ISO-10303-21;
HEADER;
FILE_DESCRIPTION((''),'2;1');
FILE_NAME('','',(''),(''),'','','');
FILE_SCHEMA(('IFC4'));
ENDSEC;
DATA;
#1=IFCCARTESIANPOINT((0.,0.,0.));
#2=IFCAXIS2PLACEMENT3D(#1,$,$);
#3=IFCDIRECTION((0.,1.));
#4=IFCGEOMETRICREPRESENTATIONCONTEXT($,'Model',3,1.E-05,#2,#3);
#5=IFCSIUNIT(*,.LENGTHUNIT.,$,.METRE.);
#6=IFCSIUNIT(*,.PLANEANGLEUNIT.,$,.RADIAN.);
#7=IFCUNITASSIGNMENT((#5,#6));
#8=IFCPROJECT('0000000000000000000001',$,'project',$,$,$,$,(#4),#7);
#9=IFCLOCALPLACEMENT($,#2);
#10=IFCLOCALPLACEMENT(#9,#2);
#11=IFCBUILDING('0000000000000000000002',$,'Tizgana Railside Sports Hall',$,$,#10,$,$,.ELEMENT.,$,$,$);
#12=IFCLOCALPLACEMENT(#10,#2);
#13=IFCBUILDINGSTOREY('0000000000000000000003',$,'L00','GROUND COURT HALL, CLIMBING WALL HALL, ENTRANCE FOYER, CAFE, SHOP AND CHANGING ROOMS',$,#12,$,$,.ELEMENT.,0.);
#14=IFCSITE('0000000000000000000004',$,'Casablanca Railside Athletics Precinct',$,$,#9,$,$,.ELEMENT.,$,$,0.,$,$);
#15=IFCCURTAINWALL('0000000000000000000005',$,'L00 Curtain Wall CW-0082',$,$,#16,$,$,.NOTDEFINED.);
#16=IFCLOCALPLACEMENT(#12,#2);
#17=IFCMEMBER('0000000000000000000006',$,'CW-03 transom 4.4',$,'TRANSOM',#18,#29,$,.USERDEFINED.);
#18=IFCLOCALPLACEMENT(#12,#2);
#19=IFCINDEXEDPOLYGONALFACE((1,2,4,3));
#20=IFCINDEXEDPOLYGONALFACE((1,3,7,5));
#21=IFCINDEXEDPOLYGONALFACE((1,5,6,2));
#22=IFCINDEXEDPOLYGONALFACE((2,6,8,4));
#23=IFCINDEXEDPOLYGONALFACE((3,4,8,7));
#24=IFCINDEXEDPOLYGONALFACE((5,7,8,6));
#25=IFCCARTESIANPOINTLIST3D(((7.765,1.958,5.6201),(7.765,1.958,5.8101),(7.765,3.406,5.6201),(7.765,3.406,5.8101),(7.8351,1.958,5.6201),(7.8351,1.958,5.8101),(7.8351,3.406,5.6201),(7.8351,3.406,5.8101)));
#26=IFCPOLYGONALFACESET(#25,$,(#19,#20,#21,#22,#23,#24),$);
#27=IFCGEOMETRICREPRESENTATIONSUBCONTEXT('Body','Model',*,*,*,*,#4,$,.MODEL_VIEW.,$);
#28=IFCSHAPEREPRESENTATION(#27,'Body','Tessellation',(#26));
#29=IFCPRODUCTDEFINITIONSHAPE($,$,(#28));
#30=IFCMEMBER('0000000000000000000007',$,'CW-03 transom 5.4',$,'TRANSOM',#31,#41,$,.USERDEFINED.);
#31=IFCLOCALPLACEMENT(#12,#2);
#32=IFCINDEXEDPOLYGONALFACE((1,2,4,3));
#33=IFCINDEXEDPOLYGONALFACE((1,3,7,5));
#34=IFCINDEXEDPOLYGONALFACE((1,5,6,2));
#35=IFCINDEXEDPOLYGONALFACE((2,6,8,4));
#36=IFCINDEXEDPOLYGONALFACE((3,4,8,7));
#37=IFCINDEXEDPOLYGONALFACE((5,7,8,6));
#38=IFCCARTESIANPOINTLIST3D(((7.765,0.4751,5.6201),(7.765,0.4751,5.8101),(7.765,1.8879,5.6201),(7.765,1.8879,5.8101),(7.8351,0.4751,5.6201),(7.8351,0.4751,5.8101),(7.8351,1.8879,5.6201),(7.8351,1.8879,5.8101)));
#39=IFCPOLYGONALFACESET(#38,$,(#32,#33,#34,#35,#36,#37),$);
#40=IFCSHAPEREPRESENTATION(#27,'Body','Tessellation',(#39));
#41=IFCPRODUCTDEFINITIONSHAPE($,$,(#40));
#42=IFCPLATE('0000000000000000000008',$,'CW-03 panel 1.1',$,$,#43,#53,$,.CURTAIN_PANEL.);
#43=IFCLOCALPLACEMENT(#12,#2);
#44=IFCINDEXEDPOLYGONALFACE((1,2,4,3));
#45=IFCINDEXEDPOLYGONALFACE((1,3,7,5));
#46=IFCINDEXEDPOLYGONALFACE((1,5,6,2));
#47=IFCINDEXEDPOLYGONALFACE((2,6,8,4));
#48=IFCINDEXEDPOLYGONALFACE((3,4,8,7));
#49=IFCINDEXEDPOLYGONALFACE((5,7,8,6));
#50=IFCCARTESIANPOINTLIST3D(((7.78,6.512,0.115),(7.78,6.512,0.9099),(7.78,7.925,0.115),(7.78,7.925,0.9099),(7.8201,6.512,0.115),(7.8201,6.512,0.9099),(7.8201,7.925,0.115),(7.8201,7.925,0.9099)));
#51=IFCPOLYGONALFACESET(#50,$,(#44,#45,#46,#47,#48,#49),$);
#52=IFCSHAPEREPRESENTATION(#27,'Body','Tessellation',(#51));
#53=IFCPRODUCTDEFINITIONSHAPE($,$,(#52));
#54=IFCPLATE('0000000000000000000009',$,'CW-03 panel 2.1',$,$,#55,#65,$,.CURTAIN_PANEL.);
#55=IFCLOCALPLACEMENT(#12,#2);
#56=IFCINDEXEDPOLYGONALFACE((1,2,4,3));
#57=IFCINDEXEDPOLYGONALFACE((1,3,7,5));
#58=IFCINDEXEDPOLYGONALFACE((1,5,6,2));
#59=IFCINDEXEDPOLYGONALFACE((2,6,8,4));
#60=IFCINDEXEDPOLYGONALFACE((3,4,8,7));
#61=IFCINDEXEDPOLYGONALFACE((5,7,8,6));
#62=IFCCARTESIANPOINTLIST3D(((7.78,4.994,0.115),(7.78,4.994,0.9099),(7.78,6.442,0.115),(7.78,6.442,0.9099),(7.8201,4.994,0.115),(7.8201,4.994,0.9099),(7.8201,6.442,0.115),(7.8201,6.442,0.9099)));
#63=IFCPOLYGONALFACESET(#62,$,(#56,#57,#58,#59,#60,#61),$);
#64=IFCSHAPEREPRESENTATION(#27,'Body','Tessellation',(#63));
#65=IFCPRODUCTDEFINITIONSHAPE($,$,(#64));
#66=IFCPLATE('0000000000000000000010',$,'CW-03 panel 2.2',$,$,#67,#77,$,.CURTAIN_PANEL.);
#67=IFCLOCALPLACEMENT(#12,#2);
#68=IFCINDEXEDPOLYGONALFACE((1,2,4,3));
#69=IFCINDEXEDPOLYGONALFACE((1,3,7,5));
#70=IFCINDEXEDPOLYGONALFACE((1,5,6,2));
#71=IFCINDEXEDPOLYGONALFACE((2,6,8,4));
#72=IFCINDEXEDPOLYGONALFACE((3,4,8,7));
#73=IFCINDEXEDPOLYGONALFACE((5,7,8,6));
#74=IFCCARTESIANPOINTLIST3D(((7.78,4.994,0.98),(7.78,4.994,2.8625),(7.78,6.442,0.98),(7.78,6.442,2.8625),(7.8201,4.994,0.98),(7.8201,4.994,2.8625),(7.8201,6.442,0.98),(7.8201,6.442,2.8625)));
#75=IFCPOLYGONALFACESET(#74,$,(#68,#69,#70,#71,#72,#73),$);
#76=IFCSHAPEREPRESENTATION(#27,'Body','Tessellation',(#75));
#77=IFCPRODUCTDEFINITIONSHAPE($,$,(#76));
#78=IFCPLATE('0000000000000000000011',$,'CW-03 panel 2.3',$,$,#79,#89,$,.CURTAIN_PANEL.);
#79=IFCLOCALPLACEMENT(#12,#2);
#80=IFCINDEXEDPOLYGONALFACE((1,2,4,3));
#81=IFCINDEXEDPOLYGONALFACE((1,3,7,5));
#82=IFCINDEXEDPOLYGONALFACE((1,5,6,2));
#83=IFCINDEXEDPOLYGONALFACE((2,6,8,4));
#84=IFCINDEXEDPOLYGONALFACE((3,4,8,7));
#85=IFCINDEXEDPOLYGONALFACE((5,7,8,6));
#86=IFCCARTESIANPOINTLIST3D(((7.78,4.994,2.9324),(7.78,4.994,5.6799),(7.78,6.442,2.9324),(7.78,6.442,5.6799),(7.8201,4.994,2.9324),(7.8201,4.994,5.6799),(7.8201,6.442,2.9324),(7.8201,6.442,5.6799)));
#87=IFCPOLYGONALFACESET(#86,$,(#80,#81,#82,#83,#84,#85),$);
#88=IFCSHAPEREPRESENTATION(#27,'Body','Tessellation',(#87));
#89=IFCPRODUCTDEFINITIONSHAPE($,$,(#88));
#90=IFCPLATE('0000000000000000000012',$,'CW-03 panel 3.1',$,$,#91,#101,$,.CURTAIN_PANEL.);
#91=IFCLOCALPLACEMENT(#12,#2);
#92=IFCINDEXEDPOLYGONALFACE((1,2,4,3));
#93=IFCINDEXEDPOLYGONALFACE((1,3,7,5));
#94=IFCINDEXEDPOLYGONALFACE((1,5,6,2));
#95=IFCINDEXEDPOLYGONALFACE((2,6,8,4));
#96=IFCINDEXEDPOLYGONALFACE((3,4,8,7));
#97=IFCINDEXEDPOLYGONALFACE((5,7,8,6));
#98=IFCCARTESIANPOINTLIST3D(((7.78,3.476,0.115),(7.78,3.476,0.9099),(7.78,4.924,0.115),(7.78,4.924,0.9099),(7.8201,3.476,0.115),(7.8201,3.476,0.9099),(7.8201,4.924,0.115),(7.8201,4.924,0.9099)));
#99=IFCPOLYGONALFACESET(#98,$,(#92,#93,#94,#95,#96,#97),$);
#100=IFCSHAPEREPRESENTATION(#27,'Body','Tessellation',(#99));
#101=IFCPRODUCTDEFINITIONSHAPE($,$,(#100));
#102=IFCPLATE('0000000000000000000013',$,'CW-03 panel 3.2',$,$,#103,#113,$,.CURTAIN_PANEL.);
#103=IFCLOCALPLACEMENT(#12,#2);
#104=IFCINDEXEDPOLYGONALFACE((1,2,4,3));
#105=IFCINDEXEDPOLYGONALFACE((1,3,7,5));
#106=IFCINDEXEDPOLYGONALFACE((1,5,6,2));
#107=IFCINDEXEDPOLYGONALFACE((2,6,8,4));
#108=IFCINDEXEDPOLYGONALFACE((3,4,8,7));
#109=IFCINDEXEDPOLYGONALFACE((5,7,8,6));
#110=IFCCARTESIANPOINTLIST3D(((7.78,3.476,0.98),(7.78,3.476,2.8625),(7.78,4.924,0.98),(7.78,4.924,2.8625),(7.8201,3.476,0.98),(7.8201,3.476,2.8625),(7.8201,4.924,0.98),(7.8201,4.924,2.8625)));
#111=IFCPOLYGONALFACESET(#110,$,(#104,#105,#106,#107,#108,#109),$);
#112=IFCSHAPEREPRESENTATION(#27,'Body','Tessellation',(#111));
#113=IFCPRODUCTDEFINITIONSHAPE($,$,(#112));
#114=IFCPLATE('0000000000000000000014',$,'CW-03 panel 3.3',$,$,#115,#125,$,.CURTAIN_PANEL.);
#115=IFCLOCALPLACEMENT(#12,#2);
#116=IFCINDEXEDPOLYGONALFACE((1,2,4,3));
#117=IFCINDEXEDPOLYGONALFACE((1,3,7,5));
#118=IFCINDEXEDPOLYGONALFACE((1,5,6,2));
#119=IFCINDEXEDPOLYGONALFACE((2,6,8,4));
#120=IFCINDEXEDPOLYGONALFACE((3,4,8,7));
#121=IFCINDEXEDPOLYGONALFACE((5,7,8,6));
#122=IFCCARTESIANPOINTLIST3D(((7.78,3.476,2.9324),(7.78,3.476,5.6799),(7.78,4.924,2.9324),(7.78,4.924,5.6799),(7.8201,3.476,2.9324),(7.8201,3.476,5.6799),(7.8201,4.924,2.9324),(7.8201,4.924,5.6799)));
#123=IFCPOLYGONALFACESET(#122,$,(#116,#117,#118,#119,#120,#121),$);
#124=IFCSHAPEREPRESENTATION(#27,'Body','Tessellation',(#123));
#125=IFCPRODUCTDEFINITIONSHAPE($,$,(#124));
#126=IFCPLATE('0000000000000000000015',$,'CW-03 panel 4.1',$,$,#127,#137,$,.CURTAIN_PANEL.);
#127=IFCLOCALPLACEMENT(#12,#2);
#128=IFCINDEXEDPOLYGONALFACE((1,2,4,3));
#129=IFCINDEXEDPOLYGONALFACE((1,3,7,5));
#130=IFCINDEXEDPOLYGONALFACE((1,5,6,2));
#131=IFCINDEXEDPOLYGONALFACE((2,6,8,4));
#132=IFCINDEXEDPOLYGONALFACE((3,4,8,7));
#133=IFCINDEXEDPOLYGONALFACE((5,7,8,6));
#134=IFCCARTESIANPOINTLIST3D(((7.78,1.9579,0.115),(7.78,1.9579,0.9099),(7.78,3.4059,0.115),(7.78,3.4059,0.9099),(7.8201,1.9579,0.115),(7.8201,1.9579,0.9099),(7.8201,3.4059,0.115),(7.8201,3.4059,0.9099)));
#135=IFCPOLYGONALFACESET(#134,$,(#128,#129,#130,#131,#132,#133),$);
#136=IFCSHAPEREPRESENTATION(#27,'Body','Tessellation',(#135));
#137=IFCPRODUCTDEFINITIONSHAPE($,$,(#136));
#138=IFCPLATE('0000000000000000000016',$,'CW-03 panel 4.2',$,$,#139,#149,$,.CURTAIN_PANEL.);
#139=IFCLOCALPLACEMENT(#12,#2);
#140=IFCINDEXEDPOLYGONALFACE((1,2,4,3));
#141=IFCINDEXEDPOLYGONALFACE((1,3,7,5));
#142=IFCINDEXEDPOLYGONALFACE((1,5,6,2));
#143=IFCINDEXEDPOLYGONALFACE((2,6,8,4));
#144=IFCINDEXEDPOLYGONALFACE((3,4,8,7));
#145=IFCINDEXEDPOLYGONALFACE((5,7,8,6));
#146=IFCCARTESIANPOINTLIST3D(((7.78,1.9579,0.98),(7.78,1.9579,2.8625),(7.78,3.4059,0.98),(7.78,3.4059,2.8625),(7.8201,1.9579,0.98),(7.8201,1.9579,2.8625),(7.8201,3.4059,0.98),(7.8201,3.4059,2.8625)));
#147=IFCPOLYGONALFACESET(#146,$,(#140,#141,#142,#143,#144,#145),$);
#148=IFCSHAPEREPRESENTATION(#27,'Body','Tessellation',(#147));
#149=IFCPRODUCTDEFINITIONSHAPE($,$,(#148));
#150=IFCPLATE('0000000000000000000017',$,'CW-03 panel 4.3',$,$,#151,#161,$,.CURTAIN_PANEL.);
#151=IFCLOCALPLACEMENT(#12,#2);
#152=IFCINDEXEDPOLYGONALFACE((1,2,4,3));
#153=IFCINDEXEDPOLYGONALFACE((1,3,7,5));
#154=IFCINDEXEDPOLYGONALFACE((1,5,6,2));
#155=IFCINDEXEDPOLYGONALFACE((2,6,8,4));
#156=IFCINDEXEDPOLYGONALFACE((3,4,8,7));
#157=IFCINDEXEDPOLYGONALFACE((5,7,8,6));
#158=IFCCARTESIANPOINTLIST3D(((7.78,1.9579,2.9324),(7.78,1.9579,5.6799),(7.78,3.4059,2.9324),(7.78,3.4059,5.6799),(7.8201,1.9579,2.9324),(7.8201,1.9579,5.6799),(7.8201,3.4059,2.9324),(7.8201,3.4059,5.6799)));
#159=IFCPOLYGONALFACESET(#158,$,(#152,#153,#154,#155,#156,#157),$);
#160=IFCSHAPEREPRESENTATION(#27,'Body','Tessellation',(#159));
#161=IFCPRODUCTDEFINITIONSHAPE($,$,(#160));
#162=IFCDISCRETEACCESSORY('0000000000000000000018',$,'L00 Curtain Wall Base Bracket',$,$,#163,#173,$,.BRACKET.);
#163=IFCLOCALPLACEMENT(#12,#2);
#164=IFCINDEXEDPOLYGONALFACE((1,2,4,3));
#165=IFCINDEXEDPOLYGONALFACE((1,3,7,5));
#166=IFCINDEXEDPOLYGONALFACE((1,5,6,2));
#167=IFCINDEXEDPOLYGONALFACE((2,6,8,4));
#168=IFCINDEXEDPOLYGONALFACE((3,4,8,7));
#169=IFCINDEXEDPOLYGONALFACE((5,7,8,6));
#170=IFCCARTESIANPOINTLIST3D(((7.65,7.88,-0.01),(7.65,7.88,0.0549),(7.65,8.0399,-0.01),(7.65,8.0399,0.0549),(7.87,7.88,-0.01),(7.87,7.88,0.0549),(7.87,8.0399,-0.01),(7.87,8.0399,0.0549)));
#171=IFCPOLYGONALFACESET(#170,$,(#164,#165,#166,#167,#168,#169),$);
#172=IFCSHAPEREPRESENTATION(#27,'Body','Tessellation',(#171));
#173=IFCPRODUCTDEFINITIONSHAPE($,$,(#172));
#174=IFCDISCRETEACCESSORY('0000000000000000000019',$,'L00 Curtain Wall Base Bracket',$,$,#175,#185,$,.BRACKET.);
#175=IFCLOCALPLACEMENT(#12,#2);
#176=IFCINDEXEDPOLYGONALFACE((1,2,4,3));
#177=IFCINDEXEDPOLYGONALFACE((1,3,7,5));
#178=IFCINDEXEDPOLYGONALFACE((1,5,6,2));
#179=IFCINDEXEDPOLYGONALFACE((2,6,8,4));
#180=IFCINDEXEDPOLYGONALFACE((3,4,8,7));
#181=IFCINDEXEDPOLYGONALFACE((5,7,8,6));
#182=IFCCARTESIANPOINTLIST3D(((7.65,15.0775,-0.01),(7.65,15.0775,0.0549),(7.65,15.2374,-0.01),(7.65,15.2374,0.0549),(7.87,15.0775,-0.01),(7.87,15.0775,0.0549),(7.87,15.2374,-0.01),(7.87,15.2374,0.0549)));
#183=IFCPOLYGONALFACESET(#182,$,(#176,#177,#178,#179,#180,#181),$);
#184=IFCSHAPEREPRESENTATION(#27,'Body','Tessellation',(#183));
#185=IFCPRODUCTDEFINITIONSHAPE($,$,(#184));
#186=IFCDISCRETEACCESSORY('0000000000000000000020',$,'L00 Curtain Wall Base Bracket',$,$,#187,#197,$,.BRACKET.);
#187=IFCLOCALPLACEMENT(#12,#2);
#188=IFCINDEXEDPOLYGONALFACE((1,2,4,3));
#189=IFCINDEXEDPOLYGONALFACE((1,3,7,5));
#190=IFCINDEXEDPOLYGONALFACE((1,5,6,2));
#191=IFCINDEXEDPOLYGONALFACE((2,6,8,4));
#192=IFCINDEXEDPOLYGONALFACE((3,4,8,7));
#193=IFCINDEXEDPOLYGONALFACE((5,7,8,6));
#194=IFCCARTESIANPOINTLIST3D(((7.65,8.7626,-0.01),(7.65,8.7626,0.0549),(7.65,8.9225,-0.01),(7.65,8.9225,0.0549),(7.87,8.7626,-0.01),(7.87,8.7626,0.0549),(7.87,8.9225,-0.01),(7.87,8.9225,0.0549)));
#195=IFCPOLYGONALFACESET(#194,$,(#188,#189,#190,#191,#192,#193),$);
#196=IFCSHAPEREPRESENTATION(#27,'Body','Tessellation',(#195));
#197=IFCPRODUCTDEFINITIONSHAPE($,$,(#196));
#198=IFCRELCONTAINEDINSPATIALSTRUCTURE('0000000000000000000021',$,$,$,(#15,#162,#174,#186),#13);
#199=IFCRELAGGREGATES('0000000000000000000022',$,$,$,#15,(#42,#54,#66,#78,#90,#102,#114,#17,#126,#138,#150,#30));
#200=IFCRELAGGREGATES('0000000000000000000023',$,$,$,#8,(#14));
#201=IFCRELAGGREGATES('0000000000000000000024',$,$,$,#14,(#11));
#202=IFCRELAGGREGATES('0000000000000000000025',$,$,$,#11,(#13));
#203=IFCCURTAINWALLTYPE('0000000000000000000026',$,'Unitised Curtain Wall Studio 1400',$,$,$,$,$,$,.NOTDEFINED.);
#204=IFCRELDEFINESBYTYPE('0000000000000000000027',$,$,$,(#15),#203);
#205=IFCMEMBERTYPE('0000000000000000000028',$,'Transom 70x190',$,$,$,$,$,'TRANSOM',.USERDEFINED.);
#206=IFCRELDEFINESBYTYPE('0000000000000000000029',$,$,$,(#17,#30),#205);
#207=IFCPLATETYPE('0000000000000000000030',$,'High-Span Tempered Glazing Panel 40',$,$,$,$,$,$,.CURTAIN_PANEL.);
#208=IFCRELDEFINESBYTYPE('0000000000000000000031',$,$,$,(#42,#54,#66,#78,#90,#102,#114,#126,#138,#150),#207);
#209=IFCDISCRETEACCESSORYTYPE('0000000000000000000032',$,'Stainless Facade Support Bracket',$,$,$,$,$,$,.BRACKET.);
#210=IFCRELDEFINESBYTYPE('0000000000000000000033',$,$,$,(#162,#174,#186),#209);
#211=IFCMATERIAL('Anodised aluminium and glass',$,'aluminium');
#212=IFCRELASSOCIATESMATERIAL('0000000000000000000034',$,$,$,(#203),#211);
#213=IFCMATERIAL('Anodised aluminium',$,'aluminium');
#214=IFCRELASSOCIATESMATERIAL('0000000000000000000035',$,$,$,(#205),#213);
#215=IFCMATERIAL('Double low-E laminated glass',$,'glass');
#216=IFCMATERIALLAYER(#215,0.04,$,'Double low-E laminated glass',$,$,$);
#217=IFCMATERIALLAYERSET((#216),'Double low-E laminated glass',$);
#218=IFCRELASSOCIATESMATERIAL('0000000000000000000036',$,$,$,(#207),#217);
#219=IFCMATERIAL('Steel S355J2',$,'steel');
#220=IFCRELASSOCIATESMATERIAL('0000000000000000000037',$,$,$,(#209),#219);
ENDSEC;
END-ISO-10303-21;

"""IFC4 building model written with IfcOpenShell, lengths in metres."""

from ifc_helpers import new_model, si_unit, direction, frame, origin, origin_2d, place, context, subcontext, project, spatial, rectangle, extrude, material, layer, layer_set, material_profile, profile_set, type_object, element, aggregate, save


model = new_model("IFC4")

# Units and contexts
model_context = context("Model", 3, precision=1e-05, world=origin(), true_north=direction((0.0, 1.0)))
body_context = subcontext(model_context, "Body", "Model", "MODEL_VIEW")
ifc_project = project(units=[si_unit("LENGTHUNIT", "METRE"), si_unit("PLANEANGLEUNIT", "RADIAN")], contexts=[model_context])

# Site, building, storey
site_placement = place(None, origin())
site = spatial("IfcSite", under=ifc_project, at=site_placement, Name="Casablanca Railside Athletics Precinct", CompositionType="ELEMENT", RefElevation=0.0)
building_placement = place(site_placement, origin())
building = spatial("IfcBuilding", under=site, at=building_placement, Name="Tizgana Railside Sports Hall", CompositionType="ELEMENT")
storey_placement = place(building_placement, origin())
storey = spatial("IfcBuildingStorey", under=building, at=storey_placement, Name="L00", Description="GROUND COURT HALL, CLIMBING WALL HALL, ENTRANCE FOYER, CAFE, SHOP AND CHANGING ROOMS", CompositionType="ELEMENT", Elevation=0.0)

# Curtain wall, members, plates
ifc_material_1 = material(Name="Anodised aluminium and glass", Category="aluminium")
curtain_wall_type = type_object("IfcCurtainWallType", Name="Unitised Curtain Wall Studio 1400", PredefinedType="NOTDEFINED", material=ifc_material_1)
curtain_wall_placement = place(storey_placement, origin())
curtain_wall = element("IfcCurtainWall", 1, at=curtain_wall_placement, inside=storey, type_object=curtain_wall_type, Name="L00 Curtain Wall CW-0082", PredefinedType="NOTDEFINED")
ifc_material_2 = material(Name="Anodised aluminium", Category="aluminium")
ifc_material_profile_1 = material_profile(ifc_material_2, rectangle(XDim=0.0701, YDim=0.1899, at=origin_2d()), Name="Transom 70x190")
ifc_profile_set_1 = profile_set([ifc_material_profile_1], Name="Anodised aluminium")
member_type_1 = type_object("IfcMemberType", Name="Transom 70x190", ElementType="TRANSOM", PredefinedType="USERDEFINED", material=ifc_profile_set_1)
member_1_placement = place(storey_placement, frame((7.8, 3.406, 5.7151), z_axis=(0.0, -1.0, 0.0), x_axis=(1.0, 0.0, 0.0)))
member_1 = element("IfcMember", 2, at=member_1_placement, type_object=member_type_1, Name="CW-03 transom 4.4", ObjectType="TRANSOM", PredefinedType="USERDEFINED", context=body_context, shape_type="SweptSolid", body=[
    extrude(rectangle(XDim=0.0701, YDim=0.1899, at=origin_2d()), origin(), (0.0, 0.0, 1.0), 1.448),
])
member_2_placement = place(storey_placement, frame((7.8, 1.8879, 5.7151), z_axis=(0.0, -1.0, 0.0), x_axis=(1.0, 0.0, 0.0)))
member_2 = element("IfcMember", 3, at=member_2_placement, type_object=member_type_1, Name="CW-03 transom 5.4", ObjectType="TRANSOM", PredefinedType="USERDEFINED", context=body_context, shape_type="SweptSolid", body=[
    extrude(rectangle(XDim=0.0701, YDim=0.1899, at=origin_2d()), origin(), (0.0, 0.0, 1.0), 1.4128),
])
ifc_material_3 = material(Name="Double low-E laminated glass", Category="glass")
ifc_layer = layer(ifc_material_3, 0.04, Name="Double low-E laminated glass")
ifc_layer_set = layer_set([ifc_layer], Name="Double low-E laminated glass")
plate_type = type_object("IfcPlateType", Name="High-Span Tempered Glazing Panel 40", PredefinedType="CURTAIN_PANEL", material=ifc_layer_set)
plate_1_placement = place(storey_placement, frame((7.8, 7.2185, 0.115), z_axis=(0.0, 0.0, 1.0), x_axis=(0.0, -1.0, 0.0)))
plate_1 = element("IfcPlate", 4, at=plate_1_placement, type_object=plate_type, Name="CW-03 panel 1.1", PredefinedType="CURTAIN_PANEL", context=body_context, shape_type="SweptSolid", body=[
    extrude(rectangle(XDim=1.4131, YDim=0.04, at=origin_2d()), origin(), (0.0, 0.0, 1.0), 0.7949),
])
plate_2_placement = place(storey_placement, frame((7.8, 5.718, 0.115), z_axis=(0.0, 0.0, 1.0), x_axis=(0.0, -1.0, 0.0)))
plate_2 = element("IfcPlate", 5, at=plate_2_placement, type_object=plate_type, Name="CW-03 panel 2.1", PredefinedType="CURTAIN_PANEL", context=body_context, shape_type="SweptSolid", body=[
    extrude(rectangle(XDim=1.448, YDim=0.04, at=origin_2d()), origin(), (0.0, 0.0, 1.0), 0.7949),
])
plate_3_placement = place(storey_placement, frame((7.8, 5.718, 0.98), z_axis=(0.0, 0.0, 1.0), x_axis=(0.0, -1.0, 0.0)))
plate_3 = element("IfcPlate", 6, at=plate_3_placement, type_object=plate_type, Name="CW-03 panel 2.2", PredefinedType="CURTAIN_PANEL", context=body_context, shape_type="SweptSolid", body=[
    extrude(rectangle(XDim=1.448, YDim=0.04, at=origin_2d()), origin(), (0.0, 0.0, 1.0), 1.8826),
])
plate_4_placement = place(storey_placement, frame((7.8, 5.718, 2.9324), z_axis=(0.0, 0.0, 1.0), x_axis=(0.0, -1.0, 0.0)))
plate_4 = element("IfcPlate", 7, at=plate_4_placement, type_object=plate_type, Name="CW-03 panel 2.3", PredefinedType="CURTAIN_PANEL", context=body_context, shape_type="SweptSolid", body=[
    extrude(rectangle(XDim=1.448, YDim=0.04, at=origin_2d()), origin(), (0.0, 0.0, 1.0), 2.7476),
])
plate_5_placement = place(storey_placement, frame((7.8, 4.2, 0.115), z_axis=(0.0, 0.0, 1.0), x_axis=(0.0, -1.0, 0.0)))
plate_5 = element("IfcPlate", 8, at=plate_5_placement, type_object=plate_type, Name="CW-03 panel 3.1", PredefinedType="CURTAIN_PANEL", context=body_context, shape_type="SweptSolid", body=[
    extrude(rectangle(XDim=1.448, YDim=0.04, at=origin_2d()), origin(), (0.0, 0.0, 1.0), 0.7949),
])
plate_6_placement = place(storey_placement, frame((7.8, 4.2, 0.98), z_axis=(0.0, 0.0, 1.0), x_axis=(0.0, -1.0, 0.0)))
plate_6 = element("IfcPlate", 9, at=plate_6_placement, type_object=plate_type, Name="CW-03 panel 3.2", PredefinedType="CURTAIN_PANEL", context=body_context, shape_type="SweptSolid", body=[
    extrude(rectangle(XDim=1.448, YDim=0.04, at=origin_2d()), origin(), (0.0, 0.0, 1.0), 1.8826),
])
plate_7_placement = place(storey_placement, frame((7.8, 4.2, 2.9324), z_axis=(0.0, 0.0, 1.0), x_axis=(0.0, -1.0, 0.0)))
plate_7 = element("IfcPlate", 10, at=plate_7_placement, type_object=plate_type, Name="CW-03 panel 3.3", PredefinedType="CURTAIN_PANEL", context=body_context, shape_type="SweptSolid", body=[
    extrude(rectangle(XDim=1.448, YDim=0.04, at=origin_2d()), origin(), (0.0, 0.0, 1.0), 2.7476),
])
plate_8_placement = place(storey_placement, frame((7.8, 2.6819, 0.115), z_axis=(0.0, 0.0, 1.0), x_axis=(0.0, -1.0, 0.0)))
plate_8 = element("IfcPlate", 11, at=plate_8_placement, type_object=plate_type, Name="CW-03 panel 4.1", PredefinedType="CURTAIN_PANEL", context=body_context, shape_type="SweptSolid", body=[
    extrude(rectangle(XDim=1.448, YDim=0.04, at=origin_2d()), origin(), (0.0, 0.0, 1.0), 0.7949),
])
plate_9_placement = place(storey_placement, frame((7.8, 2.6819, 0.98), z_axis=(0.0, 0.0, 1.0), x_axis=(0.0, -1.0, 0.0)))
plate_9 = element("IfcPlate", 12, at=plate_9_placement, type_object=plate_type, Name="CW-03 panel 4.2", PredefinedType="CURTAIN_PANEL", context=body_context, shape_type="SweptSolid", body=[
    extrude(rectangle(XDim=1.448, YDim=0.04, at=origin_2d()), origin(), (0.0, 0.0, 1.0), 1.8826),
])
plate_10_placement = place(storey_placement, frame((7.8, 2.6819, 2.9324), z_axis=(0.0, 0.0, 1.0), x_axis=(0.0, -1.0, 0.0)))
plate_10 = element("IfcPlate", 13, at=plate_10_placement, type_object=plate_type, Name="CW-03 panel 4.3", PredefinedType="CURTAIN_PANEL", context=body_context, shape_type="SweptSolid", body=[
    extrude(rectangle(XDim=1.448, YDim=0.04, at=origin_2d()), origin(), (0.0, 0.0, 1.0), 2.7476),
])
aggregate(curtain_wall, [plate_1, plate_2, plate_3, plate_4, plate_5, plate_6, plate_7, member_1, plate_8, plate_9, plate_10, member_2])

# Discrete accessories
ifc_material_4 = material(Name="Steel S355J2", Category="steel")
discrete_accessory_type = type_object("IfcDiscreteAccessoryType", Name="Stainless Facade Support Bracket", PredefinedType="BRACKET", material=ifc_material_4)
for number, where, z_axis, x_axis, name in (
    (14, (7.76, 7.96, -0.01), (0.0, 0.0, 1.0), (0.0, -1.0, 0.0), "L00 Curtain Wall Base Bracket"),
    (15, (7.76, 15.1575, -0.01), (0.0, 0.0, 1.0), (0.0, -1.0, 0.0), "L00 Curtain Wall Base Bracket"),
    (16, (7.76, 8.8425, -0.01), (0.0, 0.0, 1.0), (0.0, -1.0, 0.0), "L00 Curtain Wall Base Bracket"),
):
    element("IfcDiscreteAccessory", number, at=place(storey_placement, frame(where, z_axis=z_axis, x_axis=x_axis)), inside=storey, type_object=discrete_accessory_type, Name=name, PredefinedType="BRACKET", context=body_context, shape_type="SweptSolid", body=[
        extrude(rectangle(XDim=0.1599, YDim=0.22, at=origin_2d()), origin(), (0.0, 0.0, 1.0), 0.0649),
    ])

save(model, "model.ifc")
